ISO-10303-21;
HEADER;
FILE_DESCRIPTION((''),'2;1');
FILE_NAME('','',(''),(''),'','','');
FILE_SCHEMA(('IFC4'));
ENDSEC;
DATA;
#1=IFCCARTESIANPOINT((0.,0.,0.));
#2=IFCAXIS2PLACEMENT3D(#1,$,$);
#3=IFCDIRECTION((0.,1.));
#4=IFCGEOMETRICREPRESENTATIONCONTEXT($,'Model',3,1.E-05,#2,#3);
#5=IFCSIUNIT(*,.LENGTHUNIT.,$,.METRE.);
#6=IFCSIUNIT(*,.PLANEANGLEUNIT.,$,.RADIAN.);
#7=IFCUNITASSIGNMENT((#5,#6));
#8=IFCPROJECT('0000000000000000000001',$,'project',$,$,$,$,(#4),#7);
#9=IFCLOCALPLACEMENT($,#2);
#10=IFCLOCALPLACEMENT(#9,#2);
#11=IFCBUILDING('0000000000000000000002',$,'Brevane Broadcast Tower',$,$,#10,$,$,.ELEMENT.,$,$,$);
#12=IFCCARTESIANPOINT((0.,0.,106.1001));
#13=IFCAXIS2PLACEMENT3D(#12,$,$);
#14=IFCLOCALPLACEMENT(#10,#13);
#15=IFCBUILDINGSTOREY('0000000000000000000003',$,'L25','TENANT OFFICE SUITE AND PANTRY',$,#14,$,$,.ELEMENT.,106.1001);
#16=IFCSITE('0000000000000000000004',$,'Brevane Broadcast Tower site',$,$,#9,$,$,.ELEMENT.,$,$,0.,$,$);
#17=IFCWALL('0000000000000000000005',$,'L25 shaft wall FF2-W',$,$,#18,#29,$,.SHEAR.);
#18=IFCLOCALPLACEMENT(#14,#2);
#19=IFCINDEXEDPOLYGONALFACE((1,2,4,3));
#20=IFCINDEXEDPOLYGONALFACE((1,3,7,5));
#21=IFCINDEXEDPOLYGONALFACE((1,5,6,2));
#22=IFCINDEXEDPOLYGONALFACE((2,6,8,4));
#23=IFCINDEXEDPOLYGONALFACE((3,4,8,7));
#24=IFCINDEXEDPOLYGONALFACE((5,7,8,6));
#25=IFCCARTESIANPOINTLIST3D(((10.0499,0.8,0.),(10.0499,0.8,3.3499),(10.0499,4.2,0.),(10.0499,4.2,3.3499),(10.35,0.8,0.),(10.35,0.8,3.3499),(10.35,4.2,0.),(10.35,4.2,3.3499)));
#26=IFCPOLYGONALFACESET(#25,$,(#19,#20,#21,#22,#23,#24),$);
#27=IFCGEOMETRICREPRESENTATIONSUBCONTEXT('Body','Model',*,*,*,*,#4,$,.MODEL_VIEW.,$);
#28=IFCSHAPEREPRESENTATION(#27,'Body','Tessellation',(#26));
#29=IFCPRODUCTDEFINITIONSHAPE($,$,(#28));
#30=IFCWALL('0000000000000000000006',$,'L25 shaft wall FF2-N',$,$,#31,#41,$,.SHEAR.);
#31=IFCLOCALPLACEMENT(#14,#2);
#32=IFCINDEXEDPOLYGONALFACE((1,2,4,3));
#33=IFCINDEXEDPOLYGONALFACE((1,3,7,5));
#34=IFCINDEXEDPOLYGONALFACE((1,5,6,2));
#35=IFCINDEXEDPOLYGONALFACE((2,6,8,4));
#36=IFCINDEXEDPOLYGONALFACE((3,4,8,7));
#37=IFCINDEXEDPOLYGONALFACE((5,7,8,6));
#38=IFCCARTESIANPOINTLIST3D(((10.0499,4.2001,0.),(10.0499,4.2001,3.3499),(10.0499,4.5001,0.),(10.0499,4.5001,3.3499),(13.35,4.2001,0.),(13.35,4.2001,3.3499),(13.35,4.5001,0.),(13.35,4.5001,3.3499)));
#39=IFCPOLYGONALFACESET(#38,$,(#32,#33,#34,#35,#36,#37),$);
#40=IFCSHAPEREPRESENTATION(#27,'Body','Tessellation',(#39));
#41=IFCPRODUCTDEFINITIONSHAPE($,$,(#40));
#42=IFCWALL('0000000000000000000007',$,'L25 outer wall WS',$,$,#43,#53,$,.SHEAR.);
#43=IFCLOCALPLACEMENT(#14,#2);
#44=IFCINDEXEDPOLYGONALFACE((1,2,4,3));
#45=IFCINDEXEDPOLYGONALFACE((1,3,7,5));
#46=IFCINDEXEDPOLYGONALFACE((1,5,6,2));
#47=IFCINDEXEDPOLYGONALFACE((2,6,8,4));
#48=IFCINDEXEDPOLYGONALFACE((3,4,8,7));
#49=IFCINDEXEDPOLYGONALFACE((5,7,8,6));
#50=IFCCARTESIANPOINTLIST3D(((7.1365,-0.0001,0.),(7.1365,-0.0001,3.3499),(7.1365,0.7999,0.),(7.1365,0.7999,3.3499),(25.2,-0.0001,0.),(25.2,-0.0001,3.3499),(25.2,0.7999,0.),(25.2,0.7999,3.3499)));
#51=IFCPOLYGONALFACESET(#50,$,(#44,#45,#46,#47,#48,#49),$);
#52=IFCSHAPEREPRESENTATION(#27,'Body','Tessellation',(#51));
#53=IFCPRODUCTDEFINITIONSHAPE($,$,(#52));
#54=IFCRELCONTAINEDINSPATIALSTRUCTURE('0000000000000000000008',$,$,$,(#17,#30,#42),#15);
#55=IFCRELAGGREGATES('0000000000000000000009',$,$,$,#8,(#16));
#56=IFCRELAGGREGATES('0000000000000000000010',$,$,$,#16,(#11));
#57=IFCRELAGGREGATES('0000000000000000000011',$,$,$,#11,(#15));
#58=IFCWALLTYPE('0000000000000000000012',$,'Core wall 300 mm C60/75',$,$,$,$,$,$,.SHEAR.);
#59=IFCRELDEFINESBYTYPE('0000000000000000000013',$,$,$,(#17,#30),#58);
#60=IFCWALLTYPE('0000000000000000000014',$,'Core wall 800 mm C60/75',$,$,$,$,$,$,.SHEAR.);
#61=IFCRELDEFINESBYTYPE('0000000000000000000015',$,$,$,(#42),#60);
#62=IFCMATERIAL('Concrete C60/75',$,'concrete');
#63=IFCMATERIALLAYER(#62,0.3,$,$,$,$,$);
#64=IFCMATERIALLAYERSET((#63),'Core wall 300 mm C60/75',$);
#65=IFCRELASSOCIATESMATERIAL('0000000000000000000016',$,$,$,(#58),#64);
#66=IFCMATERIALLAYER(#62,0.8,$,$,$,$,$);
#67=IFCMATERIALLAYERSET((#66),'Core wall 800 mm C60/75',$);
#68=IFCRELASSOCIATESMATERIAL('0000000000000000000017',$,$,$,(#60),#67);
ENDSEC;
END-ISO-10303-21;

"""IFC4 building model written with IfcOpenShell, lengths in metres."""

from ifc_helpers import new_model, si_unit, direction, frame, frame_2d, origin, place, context, subcontext, project, spatial, rectangle, extrude, material, layer, layer_set, type_object, element, save


model = new_model("IFC4")

# Units and contexts
model_context = context("Model", 3, precision=1e-05, world=origin(), true_north=direction((0.0, 1.0)))
body_context = subcontext(model_context, "Body", "Model", "MODEL_VIEW")
ifc_project = project(units=[si_unit("LENGTHUNIT", "METRE"), si_unit("PLANEANGLEUNIT", "RADIAN")], contexts=[model_context])

# Site, building, storey
site_placement = place(None, origin())
site = spatial("IfcSite", under=ifc_project, at=site_placement, Name="Brevane Broadcast Tower site", CompositionType="ELEMENT", RefElevation=0.0)
building_placement = place(site_placement, origin())
building = spatial("IfcBuilding", under=site, at=building_placement, Name="Brevane Broadcast Tower", CompositionType="ELEMENT")
storey_placement = place(building_placement, frame((0.0, 0.0, 106.1001)))
storey = spatial("IfcBuildingStorey", under=building, at=storey_placement, Name="L25", Description="TENANT OFFICE SUITE AND PANTRY", CompositionType="ELEMENT", Elevation=106.1001)

# Walls
ifc_material_1 = material(Name="Concrete C60/75", Category="concrete")
ifc_layer_1 = layer(ifc_material_1, 0.3)
ifc_layer_set_1 = layer_set([ifc_layer_1], Name="Core wall 300 mm C60/75")
wall_type_1 = type_object("IfcWallType", Name="Core wall 300 mm C60/75", PredefinedType="SHEAR", material=ifc_layer_set_1)
wall_1_placement = place(storey_placement, frame((10.2, 0.8, 0.0), z_axis=(0.0, 0.0, 1.0), x_axis=(0.0, 1.0, 0.0)))
element("IfcWall", 1, at=wall_1_placement, inside=storey, type_object=wall_type_1, Name="L25 shaft wall FF2-W", PredefinedType="SHEAR", context=body_context, shape_type="SweptSolid", body=[
    extrude(rectangle(XDim=3.3999, YDim=0.3, at=frame_2d((1.7, 0.0))), origin(), (0.0, 0.0, 1.0), 3.3499),
])
wall_2_placement = place(storey_placement, frame((10.05, 4.3501, 0.0), z_axis=(0.0, 0.0, 1.0), x_axis=(1.0, 0.0, 0.0)))
element("IfcWall", 2, at=wall_2_placement, inside=storey, type_object=wall_type_1, Name="L25 shaft wall FF2-N", PredefinedType="SHEAR", context=body_context, shape_type="SweptSolid", body=[
    extrude(rectangle(XDim=3.3, YDim=0.3, at=frame_2d((1.6499, 0.0))), origin(), (0.0, 0.0, 1.0), 3.3499),
])
ifc_layer_2 = layer(ifc_material_1, 0.8)
ifc_layer_set_2 = layer_set([ifc_layer_2], Name="Core wall 800 mm C60/75")
wall_type_2 = type_object("IfcWallType", Name="Core wall 800 mm C60/75", PredefinedType="SHEAR", material=ifc_layer_set_2)
wall_3_placement = place(storey_placement, frame((7.1365, 0.3999, 0.0), z_axis=(0.0, 0.0, 1.0), x_axis=(1.0, 0.0, 0.0)))
element("IfcWall", 3, at=wall_3_placement, inside=storey, type_object=wall_type_2, Name="L25 outer wall WS", PredefinedType="SHEAR", context=body_context, shape_type="SweptSolid", body=[
    extrude(rectangle(XDim=18.0635, YDim=0.8, at=frame_2d((9.0317, 0.0))), origin(), (0.0, 0.0, 1.0), 3.3499),
])

save(model, "model.ifc")
